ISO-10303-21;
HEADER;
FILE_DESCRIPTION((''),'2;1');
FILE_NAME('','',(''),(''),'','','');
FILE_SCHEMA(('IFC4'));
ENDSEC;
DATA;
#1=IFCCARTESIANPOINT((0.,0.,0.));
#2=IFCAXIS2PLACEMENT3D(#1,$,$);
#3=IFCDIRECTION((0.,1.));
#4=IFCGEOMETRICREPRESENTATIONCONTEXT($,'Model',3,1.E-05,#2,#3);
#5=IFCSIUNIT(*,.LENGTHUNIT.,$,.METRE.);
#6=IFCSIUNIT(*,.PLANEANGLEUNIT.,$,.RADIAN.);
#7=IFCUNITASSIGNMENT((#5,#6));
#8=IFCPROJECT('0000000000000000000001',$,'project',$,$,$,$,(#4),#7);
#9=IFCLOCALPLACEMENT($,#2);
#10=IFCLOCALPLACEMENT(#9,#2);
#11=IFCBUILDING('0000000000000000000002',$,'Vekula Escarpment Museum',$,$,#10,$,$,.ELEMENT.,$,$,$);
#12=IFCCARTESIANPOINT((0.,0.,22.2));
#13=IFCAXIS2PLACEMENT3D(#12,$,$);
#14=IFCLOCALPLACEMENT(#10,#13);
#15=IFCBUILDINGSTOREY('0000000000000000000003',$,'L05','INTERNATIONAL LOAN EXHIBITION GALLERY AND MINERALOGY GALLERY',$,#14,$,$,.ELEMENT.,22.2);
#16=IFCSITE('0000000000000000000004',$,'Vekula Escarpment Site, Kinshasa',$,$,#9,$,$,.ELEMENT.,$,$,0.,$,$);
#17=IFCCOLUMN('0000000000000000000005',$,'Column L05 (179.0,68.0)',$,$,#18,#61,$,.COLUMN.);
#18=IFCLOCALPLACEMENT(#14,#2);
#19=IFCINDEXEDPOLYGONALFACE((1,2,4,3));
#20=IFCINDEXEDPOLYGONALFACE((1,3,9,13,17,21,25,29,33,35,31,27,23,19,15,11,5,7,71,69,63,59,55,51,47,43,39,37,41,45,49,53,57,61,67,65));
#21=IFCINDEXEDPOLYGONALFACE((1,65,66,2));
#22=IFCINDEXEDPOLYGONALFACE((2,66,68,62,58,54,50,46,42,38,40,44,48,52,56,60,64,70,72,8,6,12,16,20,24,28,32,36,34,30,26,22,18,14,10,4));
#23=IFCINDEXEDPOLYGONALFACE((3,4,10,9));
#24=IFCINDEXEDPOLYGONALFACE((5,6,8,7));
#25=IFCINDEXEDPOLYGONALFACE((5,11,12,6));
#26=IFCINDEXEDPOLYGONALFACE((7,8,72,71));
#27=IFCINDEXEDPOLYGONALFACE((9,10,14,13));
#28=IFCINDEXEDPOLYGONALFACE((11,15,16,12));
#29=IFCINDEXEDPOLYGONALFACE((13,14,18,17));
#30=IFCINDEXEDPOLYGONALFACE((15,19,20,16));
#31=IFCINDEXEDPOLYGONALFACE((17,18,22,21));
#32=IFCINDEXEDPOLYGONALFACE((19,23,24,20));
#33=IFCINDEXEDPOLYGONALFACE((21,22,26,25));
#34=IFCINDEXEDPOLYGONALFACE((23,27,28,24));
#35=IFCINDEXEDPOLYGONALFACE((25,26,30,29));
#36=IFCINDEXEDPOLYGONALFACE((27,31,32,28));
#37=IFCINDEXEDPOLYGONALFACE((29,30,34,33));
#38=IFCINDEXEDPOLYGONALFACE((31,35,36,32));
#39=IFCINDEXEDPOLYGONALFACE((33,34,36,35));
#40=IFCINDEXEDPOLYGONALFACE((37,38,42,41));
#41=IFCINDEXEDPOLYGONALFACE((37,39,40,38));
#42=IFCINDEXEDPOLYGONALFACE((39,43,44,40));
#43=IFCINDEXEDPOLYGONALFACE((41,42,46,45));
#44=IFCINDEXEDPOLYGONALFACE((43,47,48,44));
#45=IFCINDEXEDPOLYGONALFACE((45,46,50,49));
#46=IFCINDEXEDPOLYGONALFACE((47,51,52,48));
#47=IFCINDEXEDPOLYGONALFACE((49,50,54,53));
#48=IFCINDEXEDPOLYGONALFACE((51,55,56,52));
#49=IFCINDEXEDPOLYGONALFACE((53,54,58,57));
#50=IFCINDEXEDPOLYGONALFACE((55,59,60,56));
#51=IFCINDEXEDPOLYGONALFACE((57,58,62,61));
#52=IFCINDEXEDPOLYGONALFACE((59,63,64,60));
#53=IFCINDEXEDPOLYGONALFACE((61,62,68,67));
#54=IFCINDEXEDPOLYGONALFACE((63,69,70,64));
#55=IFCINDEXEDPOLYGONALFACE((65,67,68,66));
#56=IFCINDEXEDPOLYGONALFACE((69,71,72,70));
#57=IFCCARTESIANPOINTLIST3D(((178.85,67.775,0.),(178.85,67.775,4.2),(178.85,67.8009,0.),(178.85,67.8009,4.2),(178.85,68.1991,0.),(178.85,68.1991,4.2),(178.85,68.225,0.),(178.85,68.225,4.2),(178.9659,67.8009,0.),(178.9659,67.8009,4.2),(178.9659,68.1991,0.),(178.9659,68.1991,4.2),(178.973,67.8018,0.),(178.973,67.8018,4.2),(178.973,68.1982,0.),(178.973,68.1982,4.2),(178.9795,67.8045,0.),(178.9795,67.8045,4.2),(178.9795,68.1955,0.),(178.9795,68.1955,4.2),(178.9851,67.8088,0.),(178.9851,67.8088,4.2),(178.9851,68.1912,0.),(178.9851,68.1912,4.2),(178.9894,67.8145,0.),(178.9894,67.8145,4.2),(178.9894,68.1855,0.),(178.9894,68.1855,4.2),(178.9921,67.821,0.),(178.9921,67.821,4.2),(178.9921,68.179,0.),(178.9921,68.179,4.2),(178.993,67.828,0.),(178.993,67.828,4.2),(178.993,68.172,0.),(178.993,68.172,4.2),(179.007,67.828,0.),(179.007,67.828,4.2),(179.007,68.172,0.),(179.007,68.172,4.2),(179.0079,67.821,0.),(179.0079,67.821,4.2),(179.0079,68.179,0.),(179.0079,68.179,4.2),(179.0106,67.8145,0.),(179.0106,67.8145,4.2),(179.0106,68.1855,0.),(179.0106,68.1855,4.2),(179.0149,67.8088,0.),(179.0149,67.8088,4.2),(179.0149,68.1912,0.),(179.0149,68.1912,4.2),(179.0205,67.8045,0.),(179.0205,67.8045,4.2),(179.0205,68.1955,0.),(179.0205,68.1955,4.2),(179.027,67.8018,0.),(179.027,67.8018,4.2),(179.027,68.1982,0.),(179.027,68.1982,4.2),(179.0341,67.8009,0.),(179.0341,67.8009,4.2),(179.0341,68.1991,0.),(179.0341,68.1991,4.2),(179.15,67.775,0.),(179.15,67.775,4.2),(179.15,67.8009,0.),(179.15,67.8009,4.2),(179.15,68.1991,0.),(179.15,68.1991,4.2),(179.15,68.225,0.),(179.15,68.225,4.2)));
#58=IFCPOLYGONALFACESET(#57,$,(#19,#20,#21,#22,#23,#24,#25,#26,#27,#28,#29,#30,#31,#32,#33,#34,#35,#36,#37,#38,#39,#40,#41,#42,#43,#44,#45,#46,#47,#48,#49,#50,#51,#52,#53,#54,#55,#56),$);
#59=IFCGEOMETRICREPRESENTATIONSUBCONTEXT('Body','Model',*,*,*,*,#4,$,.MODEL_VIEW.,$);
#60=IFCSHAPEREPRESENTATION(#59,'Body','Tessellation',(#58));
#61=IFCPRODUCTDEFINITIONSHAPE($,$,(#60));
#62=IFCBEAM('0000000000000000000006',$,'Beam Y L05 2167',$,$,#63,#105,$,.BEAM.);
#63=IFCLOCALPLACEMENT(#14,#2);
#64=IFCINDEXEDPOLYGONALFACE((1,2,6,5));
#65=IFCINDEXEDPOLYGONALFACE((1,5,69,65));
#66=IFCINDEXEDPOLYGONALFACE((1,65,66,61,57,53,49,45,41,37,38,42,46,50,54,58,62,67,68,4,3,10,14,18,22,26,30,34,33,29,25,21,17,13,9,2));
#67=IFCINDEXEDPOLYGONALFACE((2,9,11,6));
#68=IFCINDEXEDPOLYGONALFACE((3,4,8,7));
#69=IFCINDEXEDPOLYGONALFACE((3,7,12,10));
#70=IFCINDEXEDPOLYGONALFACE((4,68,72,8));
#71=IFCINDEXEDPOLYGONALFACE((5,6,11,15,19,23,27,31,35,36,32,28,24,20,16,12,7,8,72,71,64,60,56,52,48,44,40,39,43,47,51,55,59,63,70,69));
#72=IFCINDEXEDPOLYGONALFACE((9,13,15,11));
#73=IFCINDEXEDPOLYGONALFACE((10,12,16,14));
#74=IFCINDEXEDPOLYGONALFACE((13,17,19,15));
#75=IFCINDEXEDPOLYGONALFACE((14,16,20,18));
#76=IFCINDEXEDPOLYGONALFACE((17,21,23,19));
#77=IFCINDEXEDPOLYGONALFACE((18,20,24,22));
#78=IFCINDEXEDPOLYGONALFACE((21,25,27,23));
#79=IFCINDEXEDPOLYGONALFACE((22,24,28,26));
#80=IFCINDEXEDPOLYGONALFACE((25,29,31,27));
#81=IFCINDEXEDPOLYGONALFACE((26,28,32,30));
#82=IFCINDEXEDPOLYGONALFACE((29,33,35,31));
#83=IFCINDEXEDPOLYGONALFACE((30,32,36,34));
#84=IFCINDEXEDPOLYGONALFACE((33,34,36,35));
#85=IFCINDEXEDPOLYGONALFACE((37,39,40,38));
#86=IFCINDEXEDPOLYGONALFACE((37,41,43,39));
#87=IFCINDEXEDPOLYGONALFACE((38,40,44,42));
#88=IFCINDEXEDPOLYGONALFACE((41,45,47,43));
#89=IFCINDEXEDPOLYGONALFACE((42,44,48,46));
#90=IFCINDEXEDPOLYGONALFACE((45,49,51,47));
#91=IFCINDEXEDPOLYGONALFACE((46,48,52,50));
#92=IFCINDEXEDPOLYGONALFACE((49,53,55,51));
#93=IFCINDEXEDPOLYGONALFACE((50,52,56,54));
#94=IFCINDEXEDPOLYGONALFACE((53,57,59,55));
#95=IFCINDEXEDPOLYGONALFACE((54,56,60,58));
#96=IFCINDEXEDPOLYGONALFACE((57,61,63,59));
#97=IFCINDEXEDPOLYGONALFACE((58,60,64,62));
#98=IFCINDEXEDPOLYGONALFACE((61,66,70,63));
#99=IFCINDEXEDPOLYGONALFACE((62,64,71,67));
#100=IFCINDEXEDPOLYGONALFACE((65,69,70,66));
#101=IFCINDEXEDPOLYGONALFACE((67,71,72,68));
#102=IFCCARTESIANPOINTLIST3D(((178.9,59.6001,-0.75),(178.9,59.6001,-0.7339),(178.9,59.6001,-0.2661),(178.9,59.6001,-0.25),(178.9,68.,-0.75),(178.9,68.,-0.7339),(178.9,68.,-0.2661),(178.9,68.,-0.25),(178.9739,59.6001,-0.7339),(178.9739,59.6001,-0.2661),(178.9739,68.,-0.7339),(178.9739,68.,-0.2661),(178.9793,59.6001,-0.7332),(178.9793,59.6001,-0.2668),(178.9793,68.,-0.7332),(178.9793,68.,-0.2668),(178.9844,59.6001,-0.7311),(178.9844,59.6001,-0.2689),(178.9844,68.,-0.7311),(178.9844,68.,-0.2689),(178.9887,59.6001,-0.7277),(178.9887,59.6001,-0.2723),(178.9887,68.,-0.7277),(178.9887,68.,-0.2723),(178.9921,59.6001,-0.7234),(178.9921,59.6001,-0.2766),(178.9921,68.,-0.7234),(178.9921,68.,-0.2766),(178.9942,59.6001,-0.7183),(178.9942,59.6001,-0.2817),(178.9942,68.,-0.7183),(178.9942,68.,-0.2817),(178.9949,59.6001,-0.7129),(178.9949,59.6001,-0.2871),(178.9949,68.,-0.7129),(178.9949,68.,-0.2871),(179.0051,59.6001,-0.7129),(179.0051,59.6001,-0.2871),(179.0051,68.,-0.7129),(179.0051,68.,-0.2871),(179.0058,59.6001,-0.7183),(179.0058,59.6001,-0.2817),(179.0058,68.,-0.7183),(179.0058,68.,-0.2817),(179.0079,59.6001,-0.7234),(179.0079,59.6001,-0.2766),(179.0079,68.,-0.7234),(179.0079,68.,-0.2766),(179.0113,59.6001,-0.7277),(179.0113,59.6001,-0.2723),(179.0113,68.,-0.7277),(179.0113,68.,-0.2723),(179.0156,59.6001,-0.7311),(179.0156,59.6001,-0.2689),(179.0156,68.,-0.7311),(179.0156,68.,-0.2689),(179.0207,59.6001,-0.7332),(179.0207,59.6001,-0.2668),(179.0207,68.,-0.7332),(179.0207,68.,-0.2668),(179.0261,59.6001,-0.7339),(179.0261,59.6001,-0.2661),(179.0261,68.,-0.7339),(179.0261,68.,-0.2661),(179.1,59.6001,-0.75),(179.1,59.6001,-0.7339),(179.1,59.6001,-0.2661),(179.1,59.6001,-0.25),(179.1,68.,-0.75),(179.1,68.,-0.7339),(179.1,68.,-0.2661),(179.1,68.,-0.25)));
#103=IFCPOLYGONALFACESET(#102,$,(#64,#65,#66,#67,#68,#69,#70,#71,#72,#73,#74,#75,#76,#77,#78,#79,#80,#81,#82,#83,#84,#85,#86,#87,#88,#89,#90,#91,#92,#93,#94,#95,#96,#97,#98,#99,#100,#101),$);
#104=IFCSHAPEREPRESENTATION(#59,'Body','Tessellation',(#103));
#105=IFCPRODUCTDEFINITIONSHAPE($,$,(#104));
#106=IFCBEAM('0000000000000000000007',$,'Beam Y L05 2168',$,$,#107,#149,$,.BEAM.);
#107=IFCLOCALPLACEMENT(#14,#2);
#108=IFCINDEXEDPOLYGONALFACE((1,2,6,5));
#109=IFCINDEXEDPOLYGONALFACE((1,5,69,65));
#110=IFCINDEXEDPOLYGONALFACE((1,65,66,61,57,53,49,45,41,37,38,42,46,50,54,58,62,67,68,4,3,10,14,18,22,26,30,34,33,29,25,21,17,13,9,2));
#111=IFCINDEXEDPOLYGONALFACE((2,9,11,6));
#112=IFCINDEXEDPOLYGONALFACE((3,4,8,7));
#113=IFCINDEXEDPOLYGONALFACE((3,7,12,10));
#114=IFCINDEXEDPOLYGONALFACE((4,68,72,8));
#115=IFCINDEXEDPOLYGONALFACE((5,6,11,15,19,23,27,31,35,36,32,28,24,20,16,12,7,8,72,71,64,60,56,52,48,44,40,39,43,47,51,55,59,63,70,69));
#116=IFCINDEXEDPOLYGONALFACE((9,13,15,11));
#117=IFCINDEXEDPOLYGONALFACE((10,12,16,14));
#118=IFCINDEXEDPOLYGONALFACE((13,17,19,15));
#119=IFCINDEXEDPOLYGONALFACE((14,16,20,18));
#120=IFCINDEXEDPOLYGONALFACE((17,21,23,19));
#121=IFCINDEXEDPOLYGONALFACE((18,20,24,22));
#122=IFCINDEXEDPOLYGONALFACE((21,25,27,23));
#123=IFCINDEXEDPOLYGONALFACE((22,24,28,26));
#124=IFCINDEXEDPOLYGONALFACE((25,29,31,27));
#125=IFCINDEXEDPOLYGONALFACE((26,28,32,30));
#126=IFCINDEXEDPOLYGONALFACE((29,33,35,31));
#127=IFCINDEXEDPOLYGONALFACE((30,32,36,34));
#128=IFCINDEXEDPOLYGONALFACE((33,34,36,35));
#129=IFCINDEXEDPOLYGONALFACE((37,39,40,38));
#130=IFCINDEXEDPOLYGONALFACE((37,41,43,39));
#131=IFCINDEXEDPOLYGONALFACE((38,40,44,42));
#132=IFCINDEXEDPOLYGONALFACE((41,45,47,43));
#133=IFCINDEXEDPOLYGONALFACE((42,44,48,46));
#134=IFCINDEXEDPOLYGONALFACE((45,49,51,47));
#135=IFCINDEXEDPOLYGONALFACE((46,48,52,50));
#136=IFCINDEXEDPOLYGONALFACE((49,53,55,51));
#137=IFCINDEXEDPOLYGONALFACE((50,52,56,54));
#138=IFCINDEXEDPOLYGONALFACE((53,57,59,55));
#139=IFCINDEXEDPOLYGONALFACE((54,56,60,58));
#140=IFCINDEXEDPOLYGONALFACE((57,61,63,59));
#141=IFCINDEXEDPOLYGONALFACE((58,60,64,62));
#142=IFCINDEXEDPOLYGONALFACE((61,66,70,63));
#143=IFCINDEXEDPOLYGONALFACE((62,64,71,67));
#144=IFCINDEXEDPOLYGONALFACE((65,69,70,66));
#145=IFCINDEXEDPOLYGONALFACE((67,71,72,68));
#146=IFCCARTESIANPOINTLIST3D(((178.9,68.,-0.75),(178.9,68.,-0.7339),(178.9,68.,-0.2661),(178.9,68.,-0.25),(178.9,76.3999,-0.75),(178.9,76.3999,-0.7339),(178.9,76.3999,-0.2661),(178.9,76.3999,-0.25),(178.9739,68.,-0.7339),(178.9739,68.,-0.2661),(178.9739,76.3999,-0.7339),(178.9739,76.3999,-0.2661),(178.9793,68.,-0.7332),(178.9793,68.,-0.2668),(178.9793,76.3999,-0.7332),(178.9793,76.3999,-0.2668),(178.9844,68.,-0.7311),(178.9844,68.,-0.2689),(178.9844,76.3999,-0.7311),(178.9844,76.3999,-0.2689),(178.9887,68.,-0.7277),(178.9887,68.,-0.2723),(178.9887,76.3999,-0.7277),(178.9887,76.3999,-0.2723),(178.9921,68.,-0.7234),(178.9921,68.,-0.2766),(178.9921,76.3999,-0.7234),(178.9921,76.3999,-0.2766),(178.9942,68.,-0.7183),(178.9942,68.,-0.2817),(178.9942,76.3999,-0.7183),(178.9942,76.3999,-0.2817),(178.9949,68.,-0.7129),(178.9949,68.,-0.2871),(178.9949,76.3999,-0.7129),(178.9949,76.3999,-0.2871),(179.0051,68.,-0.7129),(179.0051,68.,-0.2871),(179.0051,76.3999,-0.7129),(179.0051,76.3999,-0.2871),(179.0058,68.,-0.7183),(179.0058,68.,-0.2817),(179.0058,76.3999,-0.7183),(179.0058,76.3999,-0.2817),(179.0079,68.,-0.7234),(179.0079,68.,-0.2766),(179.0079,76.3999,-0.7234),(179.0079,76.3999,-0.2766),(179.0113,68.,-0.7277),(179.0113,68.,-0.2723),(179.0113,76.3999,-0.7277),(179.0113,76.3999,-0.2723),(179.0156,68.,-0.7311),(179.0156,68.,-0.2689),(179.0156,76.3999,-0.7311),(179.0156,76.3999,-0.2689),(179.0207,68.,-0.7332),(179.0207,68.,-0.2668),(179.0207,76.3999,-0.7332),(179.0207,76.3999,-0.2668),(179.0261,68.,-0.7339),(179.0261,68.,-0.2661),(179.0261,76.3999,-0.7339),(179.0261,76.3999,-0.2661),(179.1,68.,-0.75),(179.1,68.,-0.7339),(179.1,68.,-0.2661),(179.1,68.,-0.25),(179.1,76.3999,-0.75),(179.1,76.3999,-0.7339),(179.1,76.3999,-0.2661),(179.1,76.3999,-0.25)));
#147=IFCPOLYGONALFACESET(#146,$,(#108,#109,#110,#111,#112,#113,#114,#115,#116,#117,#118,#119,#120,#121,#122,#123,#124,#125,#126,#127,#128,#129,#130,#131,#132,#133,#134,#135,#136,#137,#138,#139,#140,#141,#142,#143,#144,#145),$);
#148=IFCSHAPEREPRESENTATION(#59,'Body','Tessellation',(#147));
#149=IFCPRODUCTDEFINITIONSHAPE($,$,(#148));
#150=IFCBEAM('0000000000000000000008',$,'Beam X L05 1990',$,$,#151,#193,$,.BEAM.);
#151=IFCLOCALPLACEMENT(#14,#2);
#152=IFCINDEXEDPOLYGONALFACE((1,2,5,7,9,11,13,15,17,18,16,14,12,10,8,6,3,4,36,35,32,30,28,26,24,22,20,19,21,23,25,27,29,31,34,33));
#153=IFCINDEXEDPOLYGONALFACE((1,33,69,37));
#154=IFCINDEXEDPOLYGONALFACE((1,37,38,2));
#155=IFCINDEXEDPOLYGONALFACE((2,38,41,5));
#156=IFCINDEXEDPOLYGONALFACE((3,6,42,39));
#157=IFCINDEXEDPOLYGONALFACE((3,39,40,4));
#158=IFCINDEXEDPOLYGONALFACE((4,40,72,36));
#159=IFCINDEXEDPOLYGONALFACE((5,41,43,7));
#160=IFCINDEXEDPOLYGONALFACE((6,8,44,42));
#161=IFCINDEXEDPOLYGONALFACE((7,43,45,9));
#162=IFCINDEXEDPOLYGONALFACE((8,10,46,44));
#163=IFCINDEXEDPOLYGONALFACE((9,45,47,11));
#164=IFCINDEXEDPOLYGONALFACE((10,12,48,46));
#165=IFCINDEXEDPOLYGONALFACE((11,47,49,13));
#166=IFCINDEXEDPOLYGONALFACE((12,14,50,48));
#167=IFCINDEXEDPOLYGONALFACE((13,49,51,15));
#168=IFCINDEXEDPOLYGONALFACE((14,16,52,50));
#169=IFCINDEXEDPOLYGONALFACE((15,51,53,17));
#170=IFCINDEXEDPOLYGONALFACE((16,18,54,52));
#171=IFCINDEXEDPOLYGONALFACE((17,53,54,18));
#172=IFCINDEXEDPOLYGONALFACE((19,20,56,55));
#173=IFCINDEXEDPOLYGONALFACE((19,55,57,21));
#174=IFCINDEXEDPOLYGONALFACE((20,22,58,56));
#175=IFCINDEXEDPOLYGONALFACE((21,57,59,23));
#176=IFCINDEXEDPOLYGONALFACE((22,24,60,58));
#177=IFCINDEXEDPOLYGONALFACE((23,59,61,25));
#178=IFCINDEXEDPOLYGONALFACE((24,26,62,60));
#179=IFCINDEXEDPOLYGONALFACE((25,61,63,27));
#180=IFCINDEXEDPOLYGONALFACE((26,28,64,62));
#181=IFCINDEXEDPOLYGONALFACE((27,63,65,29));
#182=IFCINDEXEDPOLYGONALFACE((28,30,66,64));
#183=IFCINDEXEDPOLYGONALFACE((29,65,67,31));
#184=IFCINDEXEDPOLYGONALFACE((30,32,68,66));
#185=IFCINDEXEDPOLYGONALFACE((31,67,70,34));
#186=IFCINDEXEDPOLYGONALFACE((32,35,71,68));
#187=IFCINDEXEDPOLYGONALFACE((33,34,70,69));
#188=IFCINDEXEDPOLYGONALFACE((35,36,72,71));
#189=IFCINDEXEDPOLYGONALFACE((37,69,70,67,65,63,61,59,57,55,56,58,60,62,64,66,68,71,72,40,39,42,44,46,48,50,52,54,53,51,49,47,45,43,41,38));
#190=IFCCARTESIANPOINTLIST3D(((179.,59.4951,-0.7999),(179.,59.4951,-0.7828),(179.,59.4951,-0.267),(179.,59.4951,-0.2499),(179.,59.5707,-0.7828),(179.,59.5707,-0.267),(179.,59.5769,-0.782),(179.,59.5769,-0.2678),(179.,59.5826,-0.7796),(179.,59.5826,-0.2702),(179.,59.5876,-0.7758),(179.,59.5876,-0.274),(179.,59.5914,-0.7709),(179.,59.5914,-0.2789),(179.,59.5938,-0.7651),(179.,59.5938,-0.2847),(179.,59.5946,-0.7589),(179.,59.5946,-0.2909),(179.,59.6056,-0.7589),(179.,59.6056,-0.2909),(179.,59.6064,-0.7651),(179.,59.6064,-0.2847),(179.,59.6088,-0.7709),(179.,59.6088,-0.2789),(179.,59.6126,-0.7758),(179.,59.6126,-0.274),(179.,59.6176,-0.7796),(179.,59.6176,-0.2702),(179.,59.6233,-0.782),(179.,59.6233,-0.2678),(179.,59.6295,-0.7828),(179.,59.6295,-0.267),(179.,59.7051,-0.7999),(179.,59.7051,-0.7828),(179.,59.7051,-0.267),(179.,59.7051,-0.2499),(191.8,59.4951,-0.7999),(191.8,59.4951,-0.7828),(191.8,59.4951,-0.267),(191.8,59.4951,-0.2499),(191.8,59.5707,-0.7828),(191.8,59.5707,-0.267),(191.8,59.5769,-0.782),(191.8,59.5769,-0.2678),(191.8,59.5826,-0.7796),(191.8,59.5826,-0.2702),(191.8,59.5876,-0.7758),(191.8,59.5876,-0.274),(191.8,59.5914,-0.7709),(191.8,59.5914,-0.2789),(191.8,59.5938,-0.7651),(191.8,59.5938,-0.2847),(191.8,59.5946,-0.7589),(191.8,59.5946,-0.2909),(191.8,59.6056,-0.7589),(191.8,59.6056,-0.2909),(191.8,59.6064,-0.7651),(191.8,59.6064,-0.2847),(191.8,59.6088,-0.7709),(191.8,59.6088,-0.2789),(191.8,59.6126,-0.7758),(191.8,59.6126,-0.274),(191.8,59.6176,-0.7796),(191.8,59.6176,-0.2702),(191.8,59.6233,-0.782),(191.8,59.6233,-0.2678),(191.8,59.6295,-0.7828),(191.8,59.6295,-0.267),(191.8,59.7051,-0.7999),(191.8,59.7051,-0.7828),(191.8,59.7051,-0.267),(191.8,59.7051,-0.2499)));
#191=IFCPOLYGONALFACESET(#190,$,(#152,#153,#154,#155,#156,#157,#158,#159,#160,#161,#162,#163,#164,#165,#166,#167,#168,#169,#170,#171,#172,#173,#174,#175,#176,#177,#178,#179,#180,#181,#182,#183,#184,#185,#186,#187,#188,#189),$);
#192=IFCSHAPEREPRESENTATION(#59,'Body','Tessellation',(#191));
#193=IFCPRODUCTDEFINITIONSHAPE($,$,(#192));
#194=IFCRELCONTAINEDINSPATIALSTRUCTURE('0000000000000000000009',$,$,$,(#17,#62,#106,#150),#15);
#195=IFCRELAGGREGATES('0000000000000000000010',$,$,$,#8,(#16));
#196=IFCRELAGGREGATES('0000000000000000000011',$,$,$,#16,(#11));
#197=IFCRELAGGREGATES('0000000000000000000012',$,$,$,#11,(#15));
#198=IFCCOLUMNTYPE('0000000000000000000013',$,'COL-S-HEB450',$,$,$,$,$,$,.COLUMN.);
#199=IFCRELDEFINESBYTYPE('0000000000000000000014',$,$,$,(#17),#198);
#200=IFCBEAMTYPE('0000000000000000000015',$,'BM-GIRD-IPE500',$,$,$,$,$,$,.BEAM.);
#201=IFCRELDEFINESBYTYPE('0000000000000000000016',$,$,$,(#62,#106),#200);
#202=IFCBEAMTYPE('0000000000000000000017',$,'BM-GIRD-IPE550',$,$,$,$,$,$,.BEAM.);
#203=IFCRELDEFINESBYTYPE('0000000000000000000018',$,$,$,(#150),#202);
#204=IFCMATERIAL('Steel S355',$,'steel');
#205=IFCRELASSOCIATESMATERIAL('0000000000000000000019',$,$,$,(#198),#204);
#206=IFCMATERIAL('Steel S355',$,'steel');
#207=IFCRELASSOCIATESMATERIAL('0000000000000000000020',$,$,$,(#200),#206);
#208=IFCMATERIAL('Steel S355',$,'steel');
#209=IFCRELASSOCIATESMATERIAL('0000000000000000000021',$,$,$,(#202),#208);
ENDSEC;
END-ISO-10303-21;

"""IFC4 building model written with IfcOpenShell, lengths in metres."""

from ifc_helpers import new_model, si_unit, direction, frame, origin, origin_2d, place, context, subcontext, project, spatial, i_section, extrude, material, material_profile, profile_set, type_object, element, save


model = new_model("IFC4")

# Units and contexts
model_context = context("Model", 3, precision=1e-05, world=origin(), true_north=direction((0.0, 1.0)))
body_context = subcontext(model_context, "Body", "Model", "MODEL_VIEW")
ifc_project = project(units=[si_unit("LENGTHUNIT", "METRE"), si_unit("PLANEANGLEUNIT", "RADIAN")], contexts=[model_context])

# Site, building, storey
site_placement = place(None, origin())
site = spatial("IfcSite", under=ifc_project, at=site_placement, Name="Vekula Escarpment Site, Kinshasa", CompositionType="ELEMENT", RefElevation=0.0)
building_placement = place(site_placement, origin())
building = spatial("IfcBuilding", under=site, at=building_placement, Name="Vekula Escarpment Museum", CompositionType="ELEMENT")
storey_placement = place(building_placement, frame((0.0, 0.0, 22.2)))
storey = spatial("IfcBuildingStorey", under=building, at=storey_placement, Name="L05", Description="INTERNATIONAL LOAN EXHIBITION GALLERY AND MINERALOGY GALLERY", CompositionType="ELEMENT", Elevation=22.2)

# Column
ifc_material_1 = material(Name="Steel S355", Category="steel")
ifc_material_profile_1 = material_profile(ifc_material_1, i_section(OverallWidth=0.3, OverallDepth=0.45, WebThickness=0.0139, FlangeThickness=0.0259, FilletRadius=0.0271, at=origin_2d()), Name="HEB 450")
ifc_profile_set_1 = profile_set([ifc_material_profile_1], Name="Steel S355")
column_type = type_object("IfcColumnType", Name="COL-S-HEB450", PredefinedType="COLUMN", material=ifc_profile_set_1)
column_placement = place(storey_placement, frame((179.0, 68.0, 0.0), z_axis=(0.0, 0.0, 1.0), x_axis=(1.0, 0.0, 0.0)))
element("IfcColumn", 1, at=column_placement, inside=storey, type_object=column_type, Name="Column L05 (179.0,68.0)", PredefinedType="COLUMN", context=body_context, shape_type="SweptSolid", body=[
    extrude(i_section(OverallWidth=0.3, OverallDepth=0.45, WebThickness=0.0139, FlangeThickness=0.0259, FilletRadius=0.0271, at=origin_2d()), origin(), (0.0, 0.0, 1.0), 4.2),
])

# Beams
ifc_material_2 = material(Name="Steel S355", Category="steel")
ifc_material_profile_2 = material_profile(ifc_material_2, i_section(OverallWidth=0.2, OverallDepth=0.5, WebThickness=0.0103, FlangeThickness=0.0161, FilletRadius=0.021, at=origin_2d()), Name="IPE 500")
ifc_profile_set_2 = profile_set([ifc_material_profile_2], Name="Steel S355")
beam_type_1 = type_object("IfcBeamType", Name="BM-GIRD-IPE500", PredefinedType="BEAM", material=ifc_profile_set_2)
for number, where, z_axis, x_axis, name in (
    (2, (179.0, 59.6001, -0.5), (0.0, 1.0, 0.0), (-1.0, 0.0, 0.0), "Beam Y L05 2167"),
    (3, (179.0, 68.0, -0.5), (0.0, 1.0, 0.0), (-1.0, 0.0, 0.0), "Beam Y L05 2168"),
):
    element("IfcBeam", number, at=place(storey_placement, frame(where, z_axis=z_axis, x_axis=x_axis)), inside=storey, type_object=beam_type_1, Name=name, PredefinedType="BEAM", context=body_context, shape_type="SweptSolid", body=[
        extrude(i_section(OverallWidth=0.2, OverallDepth=0.5, WebThickness=0.0103, FlangeThickness=0.0161, FilletRadius=0.021, at=origin_2d()), origin(), (0.0, 0.0, 1.0), 8.3999),
    ])
ifc_material_3 = material(Name="Steel S355", Category="steel")
ifc_material_profile_3 = material_profile(ifc_material_3, i_section(OverallWidth=0.21, OverallDepth=0.55, WebThickness=0.011, FlangeThickness=0.0171, FilletRadius=0.0239, at=origin_2d()), Name="IPE 550")
ifc_profile_set_3 = profile_set([ifc_material_profile_3], Name="Steel S355")
beam_type_2 = type_object("IfcBeamType", Name="BM-GIRD-IPE550", PredefinedType="BEAM", material=ifc_profile_set_3)
for number, where, z_axis, x_axis, name in (
    (4, (179.0, 59.6001, -0.5249), (1.0, 0.0, 0.0), (0.0, 1.0, 0.0), "Beam X L05 1990"),
):
    element("IfcBeam", number, at=place(storey_placement, frame(where, z_axis=z_axis, x_axis=x_axis)), inside=storey, type_object=beam_type_2, Name=name, PredefinedType="BEAM", context=body_context, shape_type="SweptSolid", body=[
        extrude(i_section(OverallWidth=0.21, OverallDepth=0.55, WebThickness=0.011, FlangeThickness=0.0171, FilletRadius=0.0239, at=origin_2d()), origin(), (0.0, 0.0, 1.0), 12.8),
    ])

save(model, "model.ifc")
